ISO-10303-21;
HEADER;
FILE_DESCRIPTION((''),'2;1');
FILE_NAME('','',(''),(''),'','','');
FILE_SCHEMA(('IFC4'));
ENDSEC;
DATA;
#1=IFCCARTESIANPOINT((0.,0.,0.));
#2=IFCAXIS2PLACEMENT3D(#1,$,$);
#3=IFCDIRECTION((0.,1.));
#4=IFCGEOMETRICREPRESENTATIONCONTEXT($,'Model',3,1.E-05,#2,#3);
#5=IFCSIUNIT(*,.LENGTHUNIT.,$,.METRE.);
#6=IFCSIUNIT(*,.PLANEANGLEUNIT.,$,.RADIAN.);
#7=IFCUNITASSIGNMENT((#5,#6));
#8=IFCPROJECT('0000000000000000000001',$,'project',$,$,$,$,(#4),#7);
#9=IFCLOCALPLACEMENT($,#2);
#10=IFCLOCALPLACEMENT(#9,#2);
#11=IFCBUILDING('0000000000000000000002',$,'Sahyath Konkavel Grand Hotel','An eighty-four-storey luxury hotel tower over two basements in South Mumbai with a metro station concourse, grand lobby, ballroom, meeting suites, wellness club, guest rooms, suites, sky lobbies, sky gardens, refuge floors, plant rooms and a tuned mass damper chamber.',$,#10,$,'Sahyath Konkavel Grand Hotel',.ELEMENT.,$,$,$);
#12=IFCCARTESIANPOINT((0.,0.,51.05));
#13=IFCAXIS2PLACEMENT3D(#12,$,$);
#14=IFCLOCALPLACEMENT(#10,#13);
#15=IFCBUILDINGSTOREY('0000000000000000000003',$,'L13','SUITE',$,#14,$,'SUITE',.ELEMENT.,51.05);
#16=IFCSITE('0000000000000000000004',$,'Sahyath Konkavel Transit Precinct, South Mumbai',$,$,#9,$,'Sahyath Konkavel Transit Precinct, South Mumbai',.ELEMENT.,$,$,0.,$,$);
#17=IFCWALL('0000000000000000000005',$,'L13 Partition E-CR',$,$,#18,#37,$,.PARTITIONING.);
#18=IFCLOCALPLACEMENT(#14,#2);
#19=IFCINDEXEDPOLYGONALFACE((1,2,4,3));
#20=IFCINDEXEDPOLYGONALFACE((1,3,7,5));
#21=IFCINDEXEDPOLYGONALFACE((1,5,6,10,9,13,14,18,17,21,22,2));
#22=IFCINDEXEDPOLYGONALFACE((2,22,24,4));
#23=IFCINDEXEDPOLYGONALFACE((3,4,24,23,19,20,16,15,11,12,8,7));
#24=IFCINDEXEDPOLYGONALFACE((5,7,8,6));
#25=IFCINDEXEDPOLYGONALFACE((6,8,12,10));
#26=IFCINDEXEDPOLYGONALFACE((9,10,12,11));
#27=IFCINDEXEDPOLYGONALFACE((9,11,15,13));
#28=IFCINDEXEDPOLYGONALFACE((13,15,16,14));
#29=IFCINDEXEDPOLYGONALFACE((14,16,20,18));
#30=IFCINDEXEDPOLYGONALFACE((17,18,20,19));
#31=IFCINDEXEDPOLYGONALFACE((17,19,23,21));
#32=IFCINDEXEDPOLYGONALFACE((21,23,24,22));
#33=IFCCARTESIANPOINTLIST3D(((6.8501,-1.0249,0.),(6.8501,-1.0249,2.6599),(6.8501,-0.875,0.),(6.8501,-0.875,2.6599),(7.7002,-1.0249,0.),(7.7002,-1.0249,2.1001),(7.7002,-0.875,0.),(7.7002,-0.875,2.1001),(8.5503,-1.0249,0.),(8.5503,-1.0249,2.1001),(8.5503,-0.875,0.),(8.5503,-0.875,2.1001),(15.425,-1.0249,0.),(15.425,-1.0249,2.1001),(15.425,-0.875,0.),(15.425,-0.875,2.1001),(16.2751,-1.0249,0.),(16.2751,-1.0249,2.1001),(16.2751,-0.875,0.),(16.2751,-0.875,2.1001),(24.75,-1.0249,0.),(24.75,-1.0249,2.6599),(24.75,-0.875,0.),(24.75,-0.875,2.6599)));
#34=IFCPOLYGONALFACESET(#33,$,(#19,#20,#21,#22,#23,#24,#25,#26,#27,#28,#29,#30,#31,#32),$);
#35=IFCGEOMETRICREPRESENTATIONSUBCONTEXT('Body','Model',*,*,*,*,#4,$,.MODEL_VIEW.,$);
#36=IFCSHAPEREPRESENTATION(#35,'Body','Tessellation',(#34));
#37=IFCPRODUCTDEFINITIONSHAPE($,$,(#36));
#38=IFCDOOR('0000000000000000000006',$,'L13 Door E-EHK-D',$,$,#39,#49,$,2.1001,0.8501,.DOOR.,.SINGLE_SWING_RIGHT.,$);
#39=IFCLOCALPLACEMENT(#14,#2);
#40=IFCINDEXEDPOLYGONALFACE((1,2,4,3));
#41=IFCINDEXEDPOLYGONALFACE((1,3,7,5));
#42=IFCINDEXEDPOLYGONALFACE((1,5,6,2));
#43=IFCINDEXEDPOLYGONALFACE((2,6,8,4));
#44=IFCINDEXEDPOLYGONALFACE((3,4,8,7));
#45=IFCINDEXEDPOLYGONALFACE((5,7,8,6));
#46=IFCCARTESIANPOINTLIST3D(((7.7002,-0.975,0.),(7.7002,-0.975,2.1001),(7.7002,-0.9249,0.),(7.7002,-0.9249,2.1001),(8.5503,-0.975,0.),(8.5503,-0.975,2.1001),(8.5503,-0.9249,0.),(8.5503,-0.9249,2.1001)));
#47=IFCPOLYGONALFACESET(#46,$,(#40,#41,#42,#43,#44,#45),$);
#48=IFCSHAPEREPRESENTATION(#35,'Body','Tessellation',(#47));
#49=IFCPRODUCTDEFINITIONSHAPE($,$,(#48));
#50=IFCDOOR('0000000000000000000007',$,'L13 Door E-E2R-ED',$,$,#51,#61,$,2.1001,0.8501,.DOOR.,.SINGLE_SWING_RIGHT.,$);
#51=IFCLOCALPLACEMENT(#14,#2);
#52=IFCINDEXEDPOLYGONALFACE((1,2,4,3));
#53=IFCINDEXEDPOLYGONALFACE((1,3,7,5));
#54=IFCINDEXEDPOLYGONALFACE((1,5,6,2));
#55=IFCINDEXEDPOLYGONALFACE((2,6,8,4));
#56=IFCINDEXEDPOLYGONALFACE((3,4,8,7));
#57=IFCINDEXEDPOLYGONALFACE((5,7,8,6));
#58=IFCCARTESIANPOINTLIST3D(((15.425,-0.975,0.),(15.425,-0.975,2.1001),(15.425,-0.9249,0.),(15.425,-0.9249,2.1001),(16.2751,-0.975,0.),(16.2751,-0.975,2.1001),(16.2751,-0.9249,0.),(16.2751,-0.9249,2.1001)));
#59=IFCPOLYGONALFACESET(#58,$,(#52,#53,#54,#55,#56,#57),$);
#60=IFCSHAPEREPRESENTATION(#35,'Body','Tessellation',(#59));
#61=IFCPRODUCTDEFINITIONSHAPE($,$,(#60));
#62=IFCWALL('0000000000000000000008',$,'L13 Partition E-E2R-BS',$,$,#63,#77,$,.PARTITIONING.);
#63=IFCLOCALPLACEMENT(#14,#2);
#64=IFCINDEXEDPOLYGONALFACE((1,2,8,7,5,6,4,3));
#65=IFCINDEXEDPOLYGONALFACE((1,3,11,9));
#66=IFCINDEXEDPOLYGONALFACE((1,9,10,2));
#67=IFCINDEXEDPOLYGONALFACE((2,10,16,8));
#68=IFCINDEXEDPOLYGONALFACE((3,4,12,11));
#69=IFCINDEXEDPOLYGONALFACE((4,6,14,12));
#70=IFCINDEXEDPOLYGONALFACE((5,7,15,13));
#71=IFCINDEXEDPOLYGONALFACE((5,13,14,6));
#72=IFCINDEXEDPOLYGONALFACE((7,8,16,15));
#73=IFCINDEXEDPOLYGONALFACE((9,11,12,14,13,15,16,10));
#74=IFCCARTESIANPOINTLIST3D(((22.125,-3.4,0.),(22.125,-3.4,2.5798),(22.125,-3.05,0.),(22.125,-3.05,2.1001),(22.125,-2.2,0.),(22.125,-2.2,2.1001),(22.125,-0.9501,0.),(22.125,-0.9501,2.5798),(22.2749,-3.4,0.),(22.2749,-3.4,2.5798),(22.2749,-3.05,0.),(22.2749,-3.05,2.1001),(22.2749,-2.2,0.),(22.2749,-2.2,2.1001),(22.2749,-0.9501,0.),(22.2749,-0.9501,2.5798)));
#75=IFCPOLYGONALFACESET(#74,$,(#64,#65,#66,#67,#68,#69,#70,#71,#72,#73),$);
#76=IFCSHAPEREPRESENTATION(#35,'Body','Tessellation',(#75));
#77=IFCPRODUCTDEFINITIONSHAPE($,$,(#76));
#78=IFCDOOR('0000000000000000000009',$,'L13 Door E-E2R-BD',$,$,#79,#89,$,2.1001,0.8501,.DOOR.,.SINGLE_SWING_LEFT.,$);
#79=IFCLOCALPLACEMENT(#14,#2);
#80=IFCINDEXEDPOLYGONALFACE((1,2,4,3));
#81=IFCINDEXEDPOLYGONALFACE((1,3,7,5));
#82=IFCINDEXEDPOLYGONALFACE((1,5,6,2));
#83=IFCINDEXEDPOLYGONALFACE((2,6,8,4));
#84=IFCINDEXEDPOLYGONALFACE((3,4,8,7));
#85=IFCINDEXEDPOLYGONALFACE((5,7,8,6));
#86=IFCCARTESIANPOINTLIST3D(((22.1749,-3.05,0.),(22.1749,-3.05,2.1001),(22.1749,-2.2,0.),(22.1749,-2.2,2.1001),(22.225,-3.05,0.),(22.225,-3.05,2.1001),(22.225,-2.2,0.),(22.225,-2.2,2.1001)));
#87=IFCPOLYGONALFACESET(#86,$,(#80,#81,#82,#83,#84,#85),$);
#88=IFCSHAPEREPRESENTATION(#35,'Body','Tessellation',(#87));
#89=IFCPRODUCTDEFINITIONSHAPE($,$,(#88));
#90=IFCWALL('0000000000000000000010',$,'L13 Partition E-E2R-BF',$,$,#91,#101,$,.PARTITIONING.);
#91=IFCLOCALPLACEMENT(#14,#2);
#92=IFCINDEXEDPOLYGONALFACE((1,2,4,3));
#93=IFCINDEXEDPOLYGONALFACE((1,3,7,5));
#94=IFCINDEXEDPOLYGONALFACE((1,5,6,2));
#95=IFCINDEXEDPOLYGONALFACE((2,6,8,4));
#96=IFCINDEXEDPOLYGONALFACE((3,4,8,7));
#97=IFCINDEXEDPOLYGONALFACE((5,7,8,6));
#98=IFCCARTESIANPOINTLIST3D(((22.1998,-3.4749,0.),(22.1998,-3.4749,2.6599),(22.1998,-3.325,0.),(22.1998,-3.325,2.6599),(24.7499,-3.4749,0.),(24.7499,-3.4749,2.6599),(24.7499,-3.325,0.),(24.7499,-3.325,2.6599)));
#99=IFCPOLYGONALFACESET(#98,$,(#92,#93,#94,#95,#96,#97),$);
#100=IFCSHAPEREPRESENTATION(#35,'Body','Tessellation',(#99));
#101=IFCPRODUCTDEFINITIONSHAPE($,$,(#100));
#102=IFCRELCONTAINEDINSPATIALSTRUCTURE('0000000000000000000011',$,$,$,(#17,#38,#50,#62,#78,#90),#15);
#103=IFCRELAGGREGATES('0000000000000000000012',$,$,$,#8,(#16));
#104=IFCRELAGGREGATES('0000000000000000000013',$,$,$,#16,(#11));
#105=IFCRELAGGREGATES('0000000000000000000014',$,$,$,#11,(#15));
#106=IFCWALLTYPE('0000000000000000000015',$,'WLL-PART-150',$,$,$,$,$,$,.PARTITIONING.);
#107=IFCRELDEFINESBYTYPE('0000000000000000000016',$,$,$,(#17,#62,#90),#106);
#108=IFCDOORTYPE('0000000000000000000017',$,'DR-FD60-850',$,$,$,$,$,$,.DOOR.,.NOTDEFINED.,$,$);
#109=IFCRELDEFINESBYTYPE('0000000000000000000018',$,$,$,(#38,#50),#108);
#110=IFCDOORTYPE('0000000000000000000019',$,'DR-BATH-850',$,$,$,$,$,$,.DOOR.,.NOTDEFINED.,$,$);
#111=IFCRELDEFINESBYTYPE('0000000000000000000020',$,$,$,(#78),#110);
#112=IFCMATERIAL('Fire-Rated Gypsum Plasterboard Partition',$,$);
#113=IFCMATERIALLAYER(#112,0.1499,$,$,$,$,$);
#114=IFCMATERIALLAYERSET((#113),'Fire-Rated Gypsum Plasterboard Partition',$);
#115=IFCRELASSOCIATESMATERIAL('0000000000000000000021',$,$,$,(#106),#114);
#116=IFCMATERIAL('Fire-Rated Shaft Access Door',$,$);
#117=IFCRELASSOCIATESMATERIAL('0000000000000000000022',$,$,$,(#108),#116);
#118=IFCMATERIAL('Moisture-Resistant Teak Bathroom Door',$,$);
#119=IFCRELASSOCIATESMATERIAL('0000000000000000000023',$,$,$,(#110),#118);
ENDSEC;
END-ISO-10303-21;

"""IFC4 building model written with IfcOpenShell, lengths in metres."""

from ifc_helpers import new_model, si_unit, direction, frame, frame_2d, origin, origin_2d, place, context, subcontext, project, spatial, rectangle, extrude, source, transform, mapped, material, layer, layer_set, type_object, element, fill, save


model = new_model("IFC4")

# Units and contexts
model_context = context("Model", 3, precision=1e-05, world=origin(), true_north=direction((0.0, 1.0)))
body_context = subcontext(model_context, "Body", "Model", "MODEL_VIEW")
ifc_project = project(units=[si_unit("LENGTHUNIT", "METRE"), si_unit("PLANEANGLEUNIT", "RADIAN")], contexts=[model_context])

# Site, building, storey
site_placement = place(None, origin())
site = spatial("IfcSite", under=ifc_project, at=site_placement, Name="Sahyath Konkavel Transit Precinct, South Mumbai", LongName="Sahyath Konkavel Transit Precinct, South Mumbai", CompositionType="ELEMENT", RefElevation=0.0)
building_placement = place(site_placement, origin())
building = spatial("IfcBuilding", under=site, at=building_placement, Name="Sahyath Konkavel Grand Hotel", Description="An eighty-four-storey luxury hotel tower over two basements in South Mumbai with a metro station concourse, grand lobby, ballroom, meeting suites, wellness club, guest rooms, suites, sky lobbies, sky gardens, refuge floors, plant rooms and a tuned mass damper chamber.", LongName="Sahyath Konkavel Grand Hotel", CompositionType="ELEMENT")
storey_placement = place(building_placement, frame((0.0, 0.0, 51.05)))
storey = spatial("IfcBuildingStorey", under=building, at=storey_placement, Name="L13", Description="SUITE", LongName="SUITE", CompositionType="ELEMENT", Elevation=51.05)

# Wall, openings, doors
ifc_material_1 = material(Name="Fire-Rated Gypsum Plasterboard Partition")
ifc_layer_1 = layer(ifc_material_1, 0.1499)
ifc_layer_set_1 = layer_set([ifc_layer_1], Name="Fire-Rated Gypsum Plasterboard Partition")
wall_type_1 = type_object("IfcWallType", Name="WLL-PART-150", PredefinedType="PARTITIONING", material=ifc_layer_set_1)
wall_1_placement = place(storey_placement, frame((6.8501, -0.95, 0.0), z_axis=(0.0, 0.0, 1.0), x_axis=(1.0, 0.0, 0.0)))
wall_1 = element("IfcWall", 1, at=wall_1_placement, inside=storey, type_object=wall_type_1, Name="L13 Partition E-CR", PredefinedType="PARTITIONING", context=body_context, shape_type="SweptSolid", body=[
    extrude(rectangle(XDim=17.8999, YDim=0.1499, at=frame_2d((8.95, 0.0))), origin(), (0.0, 0.0, 1.0), 2.6599),
])
opening_1_placement = place(wall_1_placement, frame((0.8501, 0.0, 0.0)))
opening_1 = element("IfcOpeningElement", 2, at=opening_1_placement, cuts=wall_1, PredefinedType="OPENING", context=body_context, shape_type="SweptSolid", body=[
    extrude(rectangle(XDim=0.8501, YDim=2.1001, at=frame_2d((0.425, 1.05))), frame((0.0, 0.085, 0.0), z_axis=(0.0, -1.0, 0.0), x_axis=(1.0, 0.0, 0.0)), (0.0, 0.0, 1.0), 0.1699),
])
opening_2_placement = place(wall_1_placement, frame((8.575, 0.0, 0.0)))
opening_2 = element("IfcOpeningElement", 3, at=opening_2_placement, cuts=wall_1, PredefinedType="OPENING", context=body_context, shape_type="SweptSolid", body=[
    extrude(rectangle(XDim=0.8501, YDim=2.1001, at=frame_2d((0.425, 1.05))), frame((0.0, 0.085, 0.0), z_axis=(0.0, -1.0, 0.0), x_axis=(1.0, 0.0, 0.0)), (0.0, 0.0, 1.0), 0.1699),
])
ifc_material_2 = material(Name="Fire-Rated Shaft Access Door")
door_type_1 = type_object("IfcDoorType", Name="DR-FD60-850", OperationType="NOTDEFINED", PredefinedType="DOOR", material=ifc_material_2)
shared_shape_1 = source(origin(), body_context, "Body", "SweptSolid", [
    extrude(rectangle(XDim=0.8501, YDim=0.05, at=origin_2d()), origin(), (0.0, 0.0, 1.0), 2.1001),
])
door_1_placement = place(opening_1_placement, frame((0.425, 0.0, 0.0)))
door_1 = element("IfcDoor", 4, at=door_1_placement, inside=storey, type_object=door_type_1, Name="L13 Door E-EHK-D", OperationType="SINGLE_SWING_RIGHT", OverallHeight=2.1001, OverallWidth=0.8501, PredefinedType="DOOR", context=body_context, shape_type="MappedRepresentation", body=[
    mapped(shared_shape_1, transform((0.0, 0.0, 0.0), scale=1.0)),
])
fill(opening_1, door_1)
door_2_placement = place(opening_2_placement, frame((0.425, 0.0, 0.0)))
door_2 = element("IfcDoor", 5, at=door_2_placement, inside=storey, type_object=door_type_1, Name="L13 Door E-E2R-ED", OperationType="SINGLE_SWING_RIGHT", OverallHeight=2.1001, OverallWidth=0.8501, PredefinedType="DOOR", context=body_context, shape_type="MappedRepresentation", body=[
    mapped(shared_shape_1, transform((0.0, 0.0, 0.0), scale=1.0)),
])
fill(opening_2, door_2)

# Wall, opening, door
wall_2_placement = place(storey_placement, frame((22.2, -0.95, 0.0), z_axis=(0.0, 0.0, 1.0), x_axis=(0.0, -1.0, 0.0)))
wall_2 = element("IfcWall", 6, at=wall_2_placement, inside=storey, type_object=wall_type_1, Name="L13 Partition E-E2R-BS", PredefinedType="PARTITIONING", context=body_context, shape_type="SweptSolid", body=[
    extrude(rectangle(XDim=2.45, YDim=0.1499, at=frame_2d((1.2251, 0.0))), origin(), (0.0, 0.0, 1.0), 2.5798),
])
opening_3_placement = place(wall_2_placement, frame((1.25, 0.0, 0.0)))
opening_3 = element("IfcOpeningElement", 7, at=opening_3_placement, cuts=wall_2, PredefinedType="OPENING", context=body_context, shape_type="SweptSolid", body=[
    extrude(rectangle(XDim=0.8501, YDim=2.1001, at=frame_2d((0.425, 1.05))), frame((0.0, 0.085, 0.0), z_axis=(0.0, -1.0, 0.0), x_axis=(1.0, 0.0, 0.0)), (0.0, 0.0, 1.0), 0.1699),
])
ifc_material_3 = material(Name="Moisture-Resistant Teak Bathroom Door")
door_type_2 = type_object("IfcDoorType", Name="DR-BATH-850", OperationType="NOTDEFINED", PredefinedType="DOOR", material=ifc_material_3)
door_3_placement = place(opening_3_placement, frame((0.425, 0.0, 0.0)))
door_3 = element("IfcDoor", 8, at=door_3_placement, inside=storey, type_object=door_type_2, Name="L13 Door E-E2R-BD", OperationType="SINGLE_SWING_LEFT", OverallHeight=2.1001, OverallWidth=0.8501, PredefinedType="DOOR", context=body_context, shape_type="MappedRepresentation", body=[
    mapped(shared_shape_1, transform((0.0, 0.0, 0.0), scale=1.0)),
])
fill(opening_3, door_3)

# Wall
wall_3_placement = place(storey_placement, frame((22.2, -3.3999, 0.0), z_axis=(0.0, 0.0, 1.0), x_axis=(1.0, 0.0, 0.0)))
element("IfcWall", 9, at=wall_3_placement, inside=storey, type_object=wall_type_1, Name="L13 Partition E-E2R-BF", PredefinedType="PARTITIONING", context=body_context, shape_type="SweptSolid", body=[
    extrude(rectangle(XDim=2.55, YDim=0.1499, at=frame_2d((1.2749, 0.0))), origin(), (0.0, 0.0, 1.0), 2.6599),
])

save(model, "model.ifc")
